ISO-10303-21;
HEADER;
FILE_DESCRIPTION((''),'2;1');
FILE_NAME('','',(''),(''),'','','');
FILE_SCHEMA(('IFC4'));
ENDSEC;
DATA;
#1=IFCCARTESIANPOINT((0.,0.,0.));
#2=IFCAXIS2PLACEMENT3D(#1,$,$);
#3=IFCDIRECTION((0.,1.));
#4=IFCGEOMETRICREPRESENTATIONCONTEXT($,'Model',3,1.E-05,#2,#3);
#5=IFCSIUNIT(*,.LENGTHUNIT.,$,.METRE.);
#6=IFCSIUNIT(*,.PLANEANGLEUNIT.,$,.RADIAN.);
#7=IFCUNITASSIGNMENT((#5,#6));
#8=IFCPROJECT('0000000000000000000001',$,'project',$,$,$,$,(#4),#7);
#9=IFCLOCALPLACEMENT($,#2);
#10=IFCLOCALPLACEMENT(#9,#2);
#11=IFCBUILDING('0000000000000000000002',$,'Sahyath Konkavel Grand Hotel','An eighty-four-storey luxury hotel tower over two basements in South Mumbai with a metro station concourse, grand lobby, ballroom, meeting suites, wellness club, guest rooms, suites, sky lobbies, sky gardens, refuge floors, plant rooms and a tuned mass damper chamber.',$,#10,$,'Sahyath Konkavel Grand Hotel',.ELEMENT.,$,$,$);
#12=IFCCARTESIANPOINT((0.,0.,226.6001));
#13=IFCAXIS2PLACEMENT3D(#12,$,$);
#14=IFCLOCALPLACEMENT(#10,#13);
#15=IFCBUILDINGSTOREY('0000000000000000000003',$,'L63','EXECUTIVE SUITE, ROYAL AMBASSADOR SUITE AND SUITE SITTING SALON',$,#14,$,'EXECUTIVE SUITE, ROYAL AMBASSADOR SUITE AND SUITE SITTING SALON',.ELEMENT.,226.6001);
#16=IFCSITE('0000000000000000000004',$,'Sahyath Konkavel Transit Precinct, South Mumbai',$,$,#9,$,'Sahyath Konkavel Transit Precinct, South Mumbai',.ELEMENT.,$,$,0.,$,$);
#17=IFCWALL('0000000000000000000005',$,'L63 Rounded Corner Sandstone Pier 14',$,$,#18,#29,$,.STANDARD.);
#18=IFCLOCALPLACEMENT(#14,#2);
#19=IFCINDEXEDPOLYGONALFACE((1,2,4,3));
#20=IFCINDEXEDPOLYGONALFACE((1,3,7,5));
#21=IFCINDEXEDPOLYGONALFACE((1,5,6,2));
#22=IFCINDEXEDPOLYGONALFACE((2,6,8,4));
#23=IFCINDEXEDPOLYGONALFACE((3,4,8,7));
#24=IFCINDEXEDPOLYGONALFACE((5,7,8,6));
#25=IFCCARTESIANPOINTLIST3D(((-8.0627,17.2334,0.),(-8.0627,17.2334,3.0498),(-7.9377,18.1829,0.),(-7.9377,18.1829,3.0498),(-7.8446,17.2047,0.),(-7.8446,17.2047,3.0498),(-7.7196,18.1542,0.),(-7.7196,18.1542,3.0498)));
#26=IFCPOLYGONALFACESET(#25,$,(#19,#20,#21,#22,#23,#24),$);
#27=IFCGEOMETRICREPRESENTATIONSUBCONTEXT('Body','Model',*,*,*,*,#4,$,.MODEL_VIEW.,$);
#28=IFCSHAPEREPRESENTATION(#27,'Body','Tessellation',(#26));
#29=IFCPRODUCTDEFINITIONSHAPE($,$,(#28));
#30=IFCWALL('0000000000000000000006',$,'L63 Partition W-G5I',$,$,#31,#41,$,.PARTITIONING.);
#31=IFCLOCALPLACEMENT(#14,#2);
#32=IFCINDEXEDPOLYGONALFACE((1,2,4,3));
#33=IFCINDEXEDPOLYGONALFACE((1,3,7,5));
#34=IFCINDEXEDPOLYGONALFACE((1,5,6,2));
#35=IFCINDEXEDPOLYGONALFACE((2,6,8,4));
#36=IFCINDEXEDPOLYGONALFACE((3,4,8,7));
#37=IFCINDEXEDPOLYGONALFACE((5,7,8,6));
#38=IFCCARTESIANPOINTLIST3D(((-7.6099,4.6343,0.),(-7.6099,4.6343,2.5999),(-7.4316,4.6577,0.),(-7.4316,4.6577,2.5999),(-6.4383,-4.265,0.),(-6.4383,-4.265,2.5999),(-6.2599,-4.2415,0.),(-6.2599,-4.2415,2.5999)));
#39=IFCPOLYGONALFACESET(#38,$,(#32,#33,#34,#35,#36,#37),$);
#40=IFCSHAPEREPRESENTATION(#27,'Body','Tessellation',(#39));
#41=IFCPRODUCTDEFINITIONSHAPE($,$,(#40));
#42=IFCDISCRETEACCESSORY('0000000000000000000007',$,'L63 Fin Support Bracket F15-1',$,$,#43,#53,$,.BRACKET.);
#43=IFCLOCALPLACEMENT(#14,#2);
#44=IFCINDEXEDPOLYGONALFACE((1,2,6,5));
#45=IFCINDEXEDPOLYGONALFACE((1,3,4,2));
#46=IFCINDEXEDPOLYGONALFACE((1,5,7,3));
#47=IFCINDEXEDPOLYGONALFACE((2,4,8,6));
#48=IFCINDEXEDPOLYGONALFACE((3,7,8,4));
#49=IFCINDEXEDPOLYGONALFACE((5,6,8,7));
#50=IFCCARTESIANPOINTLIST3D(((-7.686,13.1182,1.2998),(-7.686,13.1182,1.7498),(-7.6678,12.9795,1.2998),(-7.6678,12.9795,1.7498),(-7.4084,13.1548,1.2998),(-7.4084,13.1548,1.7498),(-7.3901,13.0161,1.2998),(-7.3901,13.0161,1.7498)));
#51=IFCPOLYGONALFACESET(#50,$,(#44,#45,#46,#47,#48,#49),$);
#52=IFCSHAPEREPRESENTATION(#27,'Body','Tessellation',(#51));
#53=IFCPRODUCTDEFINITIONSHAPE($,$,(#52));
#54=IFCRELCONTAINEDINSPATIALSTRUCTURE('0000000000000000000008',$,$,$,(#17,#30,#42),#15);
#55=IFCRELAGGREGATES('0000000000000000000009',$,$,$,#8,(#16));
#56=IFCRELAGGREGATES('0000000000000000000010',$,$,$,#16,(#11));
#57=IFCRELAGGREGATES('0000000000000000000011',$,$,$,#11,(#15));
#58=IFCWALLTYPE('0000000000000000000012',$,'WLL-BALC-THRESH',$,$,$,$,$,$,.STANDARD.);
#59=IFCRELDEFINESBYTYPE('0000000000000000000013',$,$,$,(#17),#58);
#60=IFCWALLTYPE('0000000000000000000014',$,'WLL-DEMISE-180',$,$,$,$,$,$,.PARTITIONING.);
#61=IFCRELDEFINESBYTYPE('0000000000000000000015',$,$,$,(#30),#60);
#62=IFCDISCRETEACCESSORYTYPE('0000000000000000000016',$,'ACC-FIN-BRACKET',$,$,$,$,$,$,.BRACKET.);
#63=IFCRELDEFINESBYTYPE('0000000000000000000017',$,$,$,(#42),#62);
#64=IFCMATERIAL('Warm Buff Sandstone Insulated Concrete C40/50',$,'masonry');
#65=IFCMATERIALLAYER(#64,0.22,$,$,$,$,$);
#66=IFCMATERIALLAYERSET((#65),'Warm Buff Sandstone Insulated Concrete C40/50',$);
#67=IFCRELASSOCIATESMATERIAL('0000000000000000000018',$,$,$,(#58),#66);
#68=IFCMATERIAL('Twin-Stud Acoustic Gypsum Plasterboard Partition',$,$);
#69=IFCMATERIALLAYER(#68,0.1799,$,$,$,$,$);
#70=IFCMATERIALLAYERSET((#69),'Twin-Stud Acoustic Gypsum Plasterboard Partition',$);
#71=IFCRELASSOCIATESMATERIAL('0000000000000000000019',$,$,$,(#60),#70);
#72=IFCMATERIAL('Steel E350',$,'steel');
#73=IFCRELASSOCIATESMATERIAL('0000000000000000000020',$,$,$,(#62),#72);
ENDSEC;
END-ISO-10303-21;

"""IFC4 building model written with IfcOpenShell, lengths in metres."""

from ifc_helpers import new_model, si_unit, direction, frame, frame_2d, origin, origin_2d, place, context, subcontext, project, spatial, rectangle, extrude, source, transform, mapped, material, layer, layer_set, type_object, element, save


model = new_model("IFC4")

# Units and contexts
model_context = context("Model", 3, precision=1e-05, world=origin(), true_north=direction((0.0, 1.0)))
body_context = subcontext(model_context, "Body", "Model", "MODEL_VIEW")
ifc_project = project(units=[si_unit("LENGTHUNIT", "METRE"), si_unit("PLANEANGLEUNIT", "RADIAN")], contexts=[model_context])

# Site, building, storey
site_placement = place(None, origin())
site = spatial("IfcSite", under=ifc_project, at=site_placement, Name="Sahyath Konkavel Transit Precinct, South Mumbai", LongName="Sahyath Konkavel Transit Precinct, South Mumbai", CompositionType="ELEMENT", RefElevation=0.0)
building_placement = place(site_placement, origin())
building = spatial("IfcBuilding", under=site, at=building_placement, Name="Sahyath Konkavel Grand Hotel", Description="An eighty-four-storey luxury hotel tower over two basements in South Mumbai with a metro station concourse, grand lobby, ballroom, meeting suites, wellness club, guest rooms, suites, sky lobbies, sky gardens, refuge floors, plant rooms and a tuned mass damper chamber.", LongName="Sahyath Konkavel Grand Hotel", CompositionType="ELEMENT")
storey_placement = place(building_placement, frame((0.0, 0.0, 226.6001)))
storey = spatial("IfcBuildingStorey", under=building, at=storey_placement, Name="L63", Description="EXECUTIVE SUITE, ROYAL AMBASSADOR SUITE AND SUITE SITTING SALON", LongName="EXECUTIVE SUITE, ROYAL AMBASSADOR SUITE AND SUITE SITTING SALON", CompositionType="ELEMENT", Elevation=226.6001)

# Shared definitions
ifc_material_1 = material(Name="Steel E350", Category="steel")

# Walls
ifc_material_2 = material(Name="Warm Buff Sandstone Insulated Concrete C40/50", Category="masonry")
ifc_layer_1 = layer(ifc_material_2, 0.22)
ifc_layer_set_1 = layer_set([ifc_layer_1], Name="Warm Buff Sandstone Insulated Concrete C40/50")
wall_type_1 = type_object("IfcWallType", Name="WLL-BALC-THRESH", PredefinedType="STANDARD", material=ifc_layer_set_1)
wall_1_placement = place(storey_placement, frame((-7.8286, 18.1687, 0.0), z_axis=(0.0, 0.0, 1.0), x_axis=(-0.130527, -0.991445, 0.0)))
element("IfcWall", 1, at=wall_1_placement, inside=storey, type_object=wall_type_1, Name="L63 Rounded Corner Sandstone Pier 14", PredefinedType="STANDARD", context=body_context, shape_type="SweptSolid", body=[
    extrude(rectangle(XDim=0.9578, YDim=0.22, at=frame_2d((0.479, 0.0))), origin(), (0.0, 0.0, 1.0), 3.0498),
])
ifc_material_3 = material(Name="Twin-Stud Acoustic Gypsum Plasterboard Partition")
ifc_layer_2 = layer(ifc_material_3, 0.1799)
ifc_layer_set_2 = layer_set([ifc_layer_2], Name="Twin-Stud Acoustic Gypsum Plasterboard Partition")
wall_type_2 = type_object("IfcWallType", Name="WLL-DEMISE-180", PredefinedType="PARTITIONING", material=ifc_layer_set_2)
wall_2_placement = place(storey_placement, frame((-7.5208, 4.646, 0.0), z_axis=(0.0, 0.0, 1.0), x_axis=(0.13053, -0.991444, 0.0)))
element("IfcWall", 2, at=wall_2_placement, inside=storey, type_object=wall_type_2, Name="L63 Partition W-G5I", PredefinedType="PARTITIONING", context=body_context, shape_type="SweptSolid", body=[
    extrude(rectangle(XDim=8.9761, YDim=0.1799, at=frame_2d((4.488, 0.0))), origin(), (0.0, 0.0, 1.0), 2.5999),
])

# Discrete accessory
discrete_accessory_type = type_object("IfcDiscreteAccessoryType", Name="ACC-FIN-BRACKET", PredefinedType="BRACKET", material=ifc_material_1)
shared_shape_1 = source(origin(), body_context, "Body", "SweptSolid", [
    extrude(rectangle(XDim=0.28, YDim=0.1399, at=origin_2d()), origin(), (0.0, 0.0, 1.0), 0.45),
])
discrete_accessory_placement = place(storey_placement, frame((-7.5381, 13.0671, 1.2998), z_axis=(0.0, 0.0, 1.0), x_axis=(-0.991445, -0.130526, 0.0)))
element("IfcDiscreteAccessory", 3, at=discrete_accessory_placement, inside=storey, type_object=discrete_accessory_type, Name="L63 Fin Support Bracket F15-1", PredefinedType="BRACKET", context=body_context, shape_type="MappedRepresentation", body=[
    mapped(shared_shape_1, transform((0.0, 0.0, 0.0), scale=1.0)),
])

save(model, "model.ifc")
